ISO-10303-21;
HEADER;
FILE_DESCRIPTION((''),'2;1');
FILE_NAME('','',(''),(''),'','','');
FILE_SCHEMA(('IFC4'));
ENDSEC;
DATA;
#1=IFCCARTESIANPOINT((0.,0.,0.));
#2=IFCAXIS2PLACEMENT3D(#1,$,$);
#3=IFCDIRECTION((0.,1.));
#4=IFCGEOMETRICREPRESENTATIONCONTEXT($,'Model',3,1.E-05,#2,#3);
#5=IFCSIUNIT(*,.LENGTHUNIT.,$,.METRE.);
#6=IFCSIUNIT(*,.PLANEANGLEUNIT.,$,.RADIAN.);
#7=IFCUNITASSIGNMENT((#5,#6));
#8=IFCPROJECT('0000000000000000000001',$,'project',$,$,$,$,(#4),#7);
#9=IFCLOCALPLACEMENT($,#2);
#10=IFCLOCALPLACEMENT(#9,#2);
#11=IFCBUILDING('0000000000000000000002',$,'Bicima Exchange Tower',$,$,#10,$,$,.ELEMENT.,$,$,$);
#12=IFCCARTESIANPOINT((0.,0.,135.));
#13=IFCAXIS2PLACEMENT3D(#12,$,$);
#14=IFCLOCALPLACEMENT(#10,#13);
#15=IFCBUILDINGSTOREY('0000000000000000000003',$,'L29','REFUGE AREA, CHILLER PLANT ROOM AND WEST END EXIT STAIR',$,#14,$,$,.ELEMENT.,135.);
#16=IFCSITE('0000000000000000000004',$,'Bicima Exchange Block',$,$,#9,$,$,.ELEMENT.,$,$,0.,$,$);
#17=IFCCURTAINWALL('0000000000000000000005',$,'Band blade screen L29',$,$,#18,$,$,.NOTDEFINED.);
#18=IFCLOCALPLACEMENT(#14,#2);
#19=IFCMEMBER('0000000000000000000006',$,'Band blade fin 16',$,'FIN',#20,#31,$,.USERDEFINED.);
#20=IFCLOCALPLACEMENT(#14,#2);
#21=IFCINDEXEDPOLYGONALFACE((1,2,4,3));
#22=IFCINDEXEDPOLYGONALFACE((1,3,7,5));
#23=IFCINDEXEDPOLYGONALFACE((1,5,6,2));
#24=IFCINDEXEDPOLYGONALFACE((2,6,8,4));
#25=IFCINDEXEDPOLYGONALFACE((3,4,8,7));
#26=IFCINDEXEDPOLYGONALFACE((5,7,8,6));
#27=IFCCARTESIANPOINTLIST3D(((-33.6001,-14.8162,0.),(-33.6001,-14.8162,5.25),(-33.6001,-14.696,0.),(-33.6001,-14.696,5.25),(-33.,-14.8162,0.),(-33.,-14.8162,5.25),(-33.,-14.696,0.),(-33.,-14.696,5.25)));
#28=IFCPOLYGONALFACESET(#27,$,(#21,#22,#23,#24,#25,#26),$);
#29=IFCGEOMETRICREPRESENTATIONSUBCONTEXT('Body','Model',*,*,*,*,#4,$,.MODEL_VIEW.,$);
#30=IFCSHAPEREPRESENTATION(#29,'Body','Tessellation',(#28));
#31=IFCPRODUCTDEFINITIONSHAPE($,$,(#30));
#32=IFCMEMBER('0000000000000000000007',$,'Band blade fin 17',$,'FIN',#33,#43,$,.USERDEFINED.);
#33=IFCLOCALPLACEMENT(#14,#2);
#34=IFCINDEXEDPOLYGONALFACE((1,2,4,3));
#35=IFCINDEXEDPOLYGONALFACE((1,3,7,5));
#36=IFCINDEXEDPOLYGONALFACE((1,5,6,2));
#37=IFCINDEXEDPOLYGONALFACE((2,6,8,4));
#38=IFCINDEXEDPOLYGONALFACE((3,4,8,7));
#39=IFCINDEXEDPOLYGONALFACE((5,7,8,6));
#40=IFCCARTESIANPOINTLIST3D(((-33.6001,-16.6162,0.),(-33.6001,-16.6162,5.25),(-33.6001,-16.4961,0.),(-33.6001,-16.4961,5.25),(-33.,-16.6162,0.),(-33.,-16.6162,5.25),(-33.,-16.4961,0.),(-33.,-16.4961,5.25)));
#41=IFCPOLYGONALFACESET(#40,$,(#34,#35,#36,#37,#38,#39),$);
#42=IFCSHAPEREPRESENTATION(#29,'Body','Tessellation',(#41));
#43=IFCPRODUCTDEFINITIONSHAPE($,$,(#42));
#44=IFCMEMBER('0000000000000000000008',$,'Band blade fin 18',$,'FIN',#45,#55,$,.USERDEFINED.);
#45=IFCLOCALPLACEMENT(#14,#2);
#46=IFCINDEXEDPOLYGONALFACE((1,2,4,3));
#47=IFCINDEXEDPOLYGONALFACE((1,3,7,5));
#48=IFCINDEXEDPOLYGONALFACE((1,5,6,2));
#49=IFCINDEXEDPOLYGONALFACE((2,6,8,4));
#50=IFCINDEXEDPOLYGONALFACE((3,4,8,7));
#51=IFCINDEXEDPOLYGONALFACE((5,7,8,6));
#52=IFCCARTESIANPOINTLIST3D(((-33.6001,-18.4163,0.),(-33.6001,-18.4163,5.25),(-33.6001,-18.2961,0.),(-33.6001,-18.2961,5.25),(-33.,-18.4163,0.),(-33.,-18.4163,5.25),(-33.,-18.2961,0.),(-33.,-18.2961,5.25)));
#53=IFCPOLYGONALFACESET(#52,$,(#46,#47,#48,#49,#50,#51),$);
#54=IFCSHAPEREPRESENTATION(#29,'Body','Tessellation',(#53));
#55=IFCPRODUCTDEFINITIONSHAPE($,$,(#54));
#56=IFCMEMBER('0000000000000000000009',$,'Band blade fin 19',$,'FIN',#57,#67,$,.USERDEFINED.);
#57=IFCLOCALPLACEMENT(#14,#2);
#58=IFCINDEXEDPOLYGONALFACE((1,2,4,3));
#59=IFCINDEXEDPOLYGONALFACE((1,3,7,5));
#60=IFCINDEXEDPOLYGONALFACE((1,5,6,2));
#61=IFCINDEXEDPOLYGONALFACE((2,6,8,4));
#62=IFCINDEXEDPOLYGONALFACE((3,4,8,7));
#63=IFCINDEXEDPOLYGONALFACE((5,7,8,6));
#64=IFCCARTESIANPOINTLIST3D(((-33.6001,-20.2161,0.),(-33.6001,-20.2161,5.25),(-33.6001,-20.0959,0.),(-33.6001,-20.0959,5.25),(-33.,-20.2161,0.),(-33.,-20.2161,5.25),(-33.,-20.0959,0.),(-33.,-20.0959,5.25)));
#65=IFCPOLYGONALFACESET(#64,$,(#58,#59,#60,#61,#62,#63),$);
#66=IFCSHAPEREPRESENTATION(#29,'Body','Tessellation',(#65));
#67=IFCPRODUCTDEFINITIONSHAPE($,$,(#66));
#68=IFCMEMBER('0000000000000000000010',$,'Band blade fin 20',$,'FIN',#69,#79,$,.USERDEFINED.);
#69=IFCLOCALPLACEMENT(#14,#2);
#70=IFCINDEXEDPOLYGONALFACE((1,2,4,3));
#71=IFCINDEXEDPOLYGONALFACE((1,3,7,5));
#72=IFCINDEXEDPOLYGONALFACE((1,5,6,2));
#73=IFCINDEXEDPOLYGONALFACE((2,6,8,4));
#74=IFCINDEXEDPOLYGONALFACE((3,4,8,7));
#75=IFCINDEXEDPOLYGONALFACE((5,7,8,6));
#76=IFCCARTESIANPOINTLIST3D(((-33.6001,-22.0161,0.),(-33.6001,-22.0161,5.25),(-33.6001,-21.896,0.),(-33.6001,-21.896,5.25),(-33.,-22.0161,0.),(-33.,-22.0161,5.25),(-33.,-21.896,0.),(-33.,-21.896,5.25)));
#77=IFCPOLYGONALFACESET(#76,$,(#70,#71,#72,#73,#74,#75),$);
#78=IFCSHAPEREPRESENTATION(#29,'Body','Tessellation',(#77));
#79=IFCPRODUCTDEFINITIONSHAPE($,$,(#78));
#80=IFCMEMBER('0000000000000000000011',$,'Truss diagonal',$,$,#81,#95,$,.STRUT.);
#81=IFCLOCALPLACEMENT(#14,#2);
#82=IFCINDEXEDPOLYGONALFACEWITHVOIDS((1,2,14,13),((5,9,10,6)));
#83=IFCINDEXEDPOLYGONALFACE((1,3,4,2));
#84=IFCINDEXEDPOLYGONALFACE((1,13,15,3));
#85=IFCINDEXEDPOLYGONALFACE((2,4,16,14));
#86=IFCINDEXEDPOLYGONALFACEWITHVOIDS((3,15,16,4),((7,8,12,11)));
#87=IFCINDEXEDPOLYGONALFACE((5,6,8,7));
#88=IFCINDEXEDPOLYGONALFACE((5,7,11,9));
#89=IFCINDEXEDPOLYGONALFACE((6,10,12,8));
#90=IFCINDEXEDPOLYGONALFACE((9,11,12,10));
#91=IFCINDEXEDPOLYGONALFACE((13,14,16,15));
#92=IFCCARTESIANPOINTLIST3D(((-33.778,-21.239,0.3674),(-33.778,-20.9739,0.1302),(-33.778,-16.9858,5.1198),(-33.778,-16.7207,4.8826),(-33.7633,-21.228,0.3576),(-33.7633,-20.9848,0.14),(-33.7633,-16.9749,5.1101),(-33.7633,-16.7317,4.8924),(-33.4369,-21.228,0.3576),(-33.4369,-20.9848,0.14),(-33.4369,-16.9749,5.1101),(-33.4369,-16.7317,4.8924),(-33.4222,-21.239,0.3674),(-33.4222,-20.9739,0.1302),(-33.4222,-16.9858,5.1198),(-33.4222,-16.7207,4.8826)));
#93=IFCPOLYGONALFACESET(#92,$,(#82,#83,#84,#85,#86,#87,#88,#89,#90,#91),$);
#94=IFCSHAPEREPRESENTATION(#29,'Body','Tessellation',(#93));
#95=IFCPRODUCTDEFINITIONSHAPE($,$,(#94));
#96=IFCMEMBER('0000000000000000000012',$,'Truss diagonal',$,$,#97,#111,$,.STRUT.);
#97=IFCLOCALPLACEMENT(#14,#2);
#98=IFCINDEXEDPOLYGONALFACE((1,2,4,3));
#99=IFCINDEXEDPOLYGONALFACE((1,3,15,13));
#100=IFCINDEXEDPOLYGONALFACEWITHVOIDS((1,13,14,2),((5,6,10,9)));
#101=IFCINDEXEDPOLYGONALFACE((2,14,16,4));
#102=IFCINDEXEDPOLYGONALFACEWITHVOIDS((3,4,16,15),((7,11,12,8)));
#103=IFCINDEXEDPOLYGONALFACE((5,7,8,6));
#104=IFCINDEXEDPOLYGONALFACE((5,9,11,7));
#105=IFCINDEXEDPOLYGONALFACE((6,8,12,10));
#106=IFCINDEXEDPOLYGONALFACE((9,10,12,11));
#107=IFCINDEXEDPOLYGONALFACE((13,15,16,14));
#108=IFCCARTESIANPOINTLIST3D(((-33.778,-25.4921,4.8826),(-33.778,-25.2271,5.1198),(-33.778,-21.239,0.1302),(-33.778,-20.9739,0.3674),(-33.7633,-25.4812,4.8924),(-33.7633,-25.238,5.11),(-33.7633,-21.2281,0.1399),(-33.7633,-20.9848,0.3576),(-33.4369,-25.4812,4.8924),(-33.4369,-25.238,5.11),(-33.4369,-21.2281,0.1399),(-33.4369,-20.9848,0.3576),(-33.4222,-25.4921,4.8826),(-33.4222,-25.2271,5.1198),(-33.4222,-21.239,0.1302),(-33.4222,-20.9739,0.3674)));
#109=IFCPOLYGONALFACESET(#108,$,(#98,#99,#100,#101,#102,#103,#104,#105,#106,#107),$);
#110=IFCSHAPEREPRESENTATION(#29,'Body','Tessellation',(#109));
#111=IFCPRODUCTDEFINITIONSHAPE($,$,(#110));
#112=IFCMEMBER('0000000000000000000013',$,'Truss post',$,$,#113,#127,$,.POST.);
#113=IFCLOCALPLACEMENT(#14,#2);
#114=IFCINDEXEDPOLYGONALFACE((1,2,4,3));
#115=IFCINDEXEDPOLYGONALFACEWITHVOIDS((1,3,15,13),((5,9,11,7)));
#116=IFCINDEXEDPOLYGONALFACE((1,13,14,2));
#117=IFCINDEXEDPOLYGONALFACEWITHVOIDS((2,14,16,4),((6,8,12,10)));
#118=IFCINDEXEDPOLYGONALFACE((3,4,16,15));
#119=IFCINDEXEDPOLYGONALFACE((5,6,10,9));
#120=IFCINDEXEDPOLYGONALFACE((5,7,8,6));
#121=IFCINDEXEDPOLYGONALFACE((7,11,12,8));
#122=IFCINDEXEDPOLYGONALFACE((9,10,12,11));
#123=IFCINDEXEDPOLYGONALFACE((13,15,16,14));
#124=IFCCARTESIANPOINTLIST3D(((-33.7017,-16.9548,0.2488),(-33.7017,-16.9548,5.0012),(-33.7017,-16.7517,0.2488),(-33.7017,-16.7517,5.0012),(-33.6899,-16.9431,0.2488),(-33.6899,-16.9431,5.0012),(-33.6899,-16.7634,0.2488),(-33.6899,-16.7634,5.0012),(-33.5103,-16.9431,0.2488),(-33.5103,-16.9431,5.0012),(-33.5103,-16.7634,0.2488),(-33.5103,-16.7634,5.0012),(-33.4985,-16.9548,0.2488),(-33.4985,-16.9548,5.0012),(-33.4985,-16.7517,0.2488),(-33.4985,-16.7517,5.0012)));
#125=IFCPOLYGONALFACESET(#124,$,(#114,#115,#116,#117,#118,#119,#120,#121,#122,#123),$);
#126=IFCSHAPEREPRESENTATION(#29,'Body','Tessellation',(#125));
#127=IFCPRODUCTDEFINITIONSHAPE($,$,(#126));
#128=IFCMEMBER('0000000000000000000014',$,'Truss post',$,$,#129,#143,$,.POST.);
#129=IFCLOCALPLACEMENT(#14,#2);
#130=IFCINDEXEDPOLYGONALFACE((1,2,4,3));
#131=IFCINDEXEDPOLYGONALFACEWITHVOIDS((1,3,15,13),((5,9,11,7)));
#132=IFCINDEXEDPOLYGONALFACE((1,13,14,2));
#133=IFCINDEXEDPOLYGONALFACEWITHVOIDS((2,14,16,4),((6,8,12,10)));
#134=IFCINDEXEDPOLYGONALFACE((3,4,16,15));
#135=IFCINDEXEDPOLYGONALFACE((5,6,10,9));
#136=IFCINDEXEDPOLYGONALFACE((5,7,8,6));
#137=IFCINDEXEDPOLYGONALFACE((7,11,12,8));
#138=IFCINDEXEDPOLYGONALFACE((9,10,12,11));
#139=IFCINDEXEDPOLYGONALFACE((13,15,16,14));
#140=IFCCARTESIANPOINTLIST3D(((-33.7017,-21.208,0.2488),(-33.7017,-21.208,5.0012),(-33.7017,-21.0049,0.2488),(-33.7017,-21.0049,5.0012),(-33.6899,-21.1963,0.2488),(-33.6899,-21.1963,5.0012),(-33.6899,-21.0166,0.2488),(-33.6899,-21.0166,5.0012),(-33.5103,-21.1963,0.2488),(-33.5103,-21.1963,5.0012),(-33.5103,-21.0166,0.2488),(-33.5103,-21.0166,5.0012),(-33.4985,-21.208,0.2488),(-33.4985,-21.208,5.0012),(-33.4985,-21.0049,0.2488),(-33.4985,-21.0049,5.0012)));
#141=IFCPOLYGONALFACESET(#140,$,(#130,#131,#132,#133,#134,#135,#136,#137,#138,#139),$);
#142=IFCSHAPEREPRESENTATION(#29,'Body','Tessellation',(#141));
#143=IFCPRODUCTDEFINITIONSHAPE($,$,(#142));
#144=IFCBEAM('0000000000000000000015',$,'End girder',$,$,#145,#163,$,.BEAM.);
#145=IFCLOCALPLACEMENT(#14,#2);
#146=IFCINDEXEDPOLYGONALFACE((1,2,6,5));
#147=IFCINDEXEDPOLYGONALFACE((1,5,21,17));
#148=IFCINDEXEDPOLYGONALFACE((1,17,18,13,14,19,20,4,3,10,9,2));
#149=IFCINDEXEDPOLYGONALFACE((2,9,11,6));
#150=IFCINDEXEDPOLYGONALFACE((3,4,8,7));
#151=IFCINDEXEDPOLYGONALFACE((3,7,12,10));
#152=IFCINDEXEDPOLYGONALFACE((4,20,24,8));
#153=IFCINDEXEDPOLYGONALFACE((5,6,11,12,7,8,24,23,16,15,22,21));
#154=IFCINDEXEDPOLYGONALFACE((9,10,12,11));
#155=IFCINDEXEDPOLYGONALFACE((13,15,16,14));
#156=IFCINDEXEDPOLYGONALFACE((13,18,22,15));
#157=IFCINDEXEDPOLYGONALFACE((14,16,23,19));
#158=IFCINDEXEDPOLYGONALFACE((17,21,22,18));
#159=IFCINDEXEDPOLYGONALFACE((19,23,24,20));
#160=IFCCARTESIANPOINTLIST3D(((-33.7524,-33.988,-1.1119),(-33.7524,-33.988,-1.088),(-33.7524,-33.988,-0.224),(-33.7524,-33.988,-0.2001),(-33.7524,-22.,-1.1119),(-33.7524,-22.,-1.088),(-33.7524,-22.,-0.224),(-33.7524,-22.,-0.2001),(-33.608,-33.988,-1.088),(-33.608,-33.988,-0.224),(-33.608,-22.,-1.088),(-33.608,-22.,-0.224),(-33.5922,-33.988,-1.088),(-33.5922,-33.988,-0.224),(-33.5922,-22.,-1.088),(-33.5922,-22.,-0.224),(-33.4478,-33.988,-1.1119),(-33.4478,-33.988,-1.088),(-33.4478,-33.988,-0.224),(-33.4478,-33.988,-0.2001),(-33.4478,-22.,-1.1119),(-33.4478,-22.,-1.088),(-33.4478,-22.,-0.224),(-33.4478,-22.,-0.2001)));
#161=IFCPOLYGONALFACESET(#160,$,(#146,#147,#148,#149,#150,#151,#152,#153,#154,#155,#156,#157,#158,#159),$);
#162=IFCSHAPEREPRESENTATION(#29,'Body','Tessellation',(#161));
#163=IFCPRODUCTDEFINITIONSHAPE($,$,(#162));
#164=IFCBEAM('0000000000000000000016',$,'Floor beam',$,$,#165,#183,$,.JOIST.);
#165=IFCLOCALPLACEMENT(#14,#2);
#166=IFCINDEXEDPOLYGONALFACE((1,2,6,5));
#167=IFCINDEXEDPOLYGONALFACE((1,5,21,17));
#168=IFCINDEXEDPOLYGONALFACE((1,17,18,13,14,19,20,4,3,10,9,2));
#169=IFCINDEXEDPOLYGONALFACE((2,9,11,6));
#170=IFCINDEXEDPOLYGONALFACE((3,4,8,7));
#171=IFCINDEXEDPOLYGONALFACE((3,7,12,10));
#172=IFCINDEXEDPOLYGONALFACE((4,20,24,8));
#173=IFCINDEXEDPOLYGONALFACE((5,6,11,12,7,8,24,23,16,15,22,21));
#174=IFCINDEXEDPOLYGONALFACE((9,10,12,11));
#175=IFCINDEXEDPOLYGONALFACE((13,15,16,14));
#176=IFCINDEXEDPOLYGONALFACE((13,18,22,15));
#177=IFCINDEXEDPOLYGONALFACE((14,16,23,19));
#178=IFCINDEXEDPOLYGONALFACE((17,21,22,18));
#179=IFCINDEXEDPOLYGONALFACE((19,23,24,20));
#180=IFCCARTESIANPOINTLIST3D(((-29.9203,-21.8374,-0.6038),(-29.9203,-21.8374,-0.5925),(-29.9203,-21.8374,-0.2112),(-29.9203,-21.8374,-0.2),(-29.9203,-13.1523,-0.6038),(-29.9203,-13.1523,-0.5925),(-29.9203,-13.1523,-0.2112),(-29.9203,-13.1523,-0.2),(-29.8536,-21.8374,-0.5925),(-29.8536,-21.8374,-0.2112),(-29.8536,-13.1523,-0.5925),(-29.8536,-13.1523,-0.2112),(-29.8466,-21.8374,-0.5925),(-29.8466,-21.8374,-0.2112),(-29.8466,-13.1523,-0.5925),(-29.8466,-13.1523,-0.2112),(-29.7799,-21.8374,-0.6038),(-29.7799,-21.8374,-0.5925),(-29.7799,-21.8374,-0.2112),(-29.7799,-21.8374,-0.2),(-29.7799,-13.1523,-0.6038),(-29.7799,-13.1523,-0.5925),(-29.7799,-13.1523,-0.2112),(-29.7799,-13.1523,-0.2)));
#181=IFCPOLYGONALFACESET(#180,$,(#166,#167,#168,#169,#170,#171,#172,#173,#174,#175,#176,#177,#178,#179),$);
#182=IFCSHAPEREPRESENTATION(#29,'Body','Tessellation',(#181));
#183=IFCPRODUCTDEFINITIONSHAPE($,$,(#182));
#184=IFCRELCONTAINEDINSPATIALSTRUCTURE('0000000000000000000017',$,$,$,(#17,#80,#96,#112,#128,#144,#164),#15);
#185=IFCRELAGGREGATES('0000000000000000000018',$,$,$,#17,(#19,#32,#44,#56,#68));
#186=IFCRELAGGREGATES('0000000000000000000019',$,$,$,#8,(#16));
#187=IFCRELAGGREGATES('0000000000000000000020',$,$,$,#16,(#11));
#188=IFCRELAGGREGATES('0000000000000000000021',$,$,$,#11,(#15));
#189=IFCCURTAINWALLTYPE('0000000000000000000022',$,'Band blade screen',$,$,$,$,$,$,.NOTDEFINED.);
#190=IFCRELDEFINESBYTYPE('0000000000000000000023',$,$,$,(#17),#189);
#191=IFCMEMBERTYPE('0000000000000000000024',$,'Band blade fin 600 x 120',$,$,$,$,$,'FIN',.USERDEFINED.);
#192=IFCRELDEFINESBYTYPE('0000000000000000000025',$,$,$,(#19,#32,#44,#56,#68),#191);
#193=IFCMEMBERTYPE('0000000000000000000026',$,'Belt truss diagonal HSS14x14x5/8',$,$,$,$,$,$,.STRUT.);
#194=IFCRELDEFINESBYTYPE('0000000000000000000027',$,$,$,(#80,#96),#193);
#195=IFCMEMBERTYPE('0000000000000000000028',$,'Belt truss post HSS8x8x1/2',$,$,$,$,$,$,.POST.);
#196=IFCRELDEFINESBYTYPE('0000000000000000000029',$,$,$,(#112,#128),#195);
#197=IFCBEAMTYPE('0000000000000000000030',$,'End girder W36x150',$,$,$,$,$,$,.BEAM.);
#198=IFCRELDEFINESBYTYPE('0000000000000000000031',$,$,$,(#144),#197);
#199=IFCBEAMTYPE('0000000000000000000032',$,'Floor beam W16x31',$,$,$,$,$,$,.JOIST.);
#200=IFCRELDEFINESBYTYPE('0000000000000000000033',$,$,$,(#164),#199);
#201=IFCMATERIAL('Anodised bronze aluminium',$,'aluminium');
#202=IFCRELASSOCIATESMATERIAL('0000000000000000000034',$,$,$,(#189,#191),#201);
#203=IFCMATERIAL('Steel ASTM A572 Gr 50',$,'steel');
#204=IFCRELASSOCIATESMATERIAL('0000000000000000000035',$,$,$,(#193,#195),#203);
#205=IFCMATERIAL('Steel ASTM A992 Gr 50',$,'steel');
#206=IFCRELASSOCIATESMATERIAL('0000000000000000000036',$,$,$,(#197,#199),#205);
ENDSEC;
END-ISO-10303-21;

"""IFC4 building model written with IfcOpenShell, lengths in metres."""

from ifc_helpers import new_model, si_unit, direction, frame, origin, origin_2d, place, context, subcontext, project, spatial, rectangle, hollow_rectangle, i_section, extrude, material, material_profile, profile_set, type_object, element, aggregate, save


model = new_model("IFC4")

# Units and contexts
model_context = context("Model", 3, precision=1e-05, world=origin(), true_north=direction((0.0, 1.0)))
body_context = subcontext(model_context, "Body", "Model", "MODEL_VIEW")
ifc_project = project(units=[si_unit("LENGTHUNIT", "METRE"), si_unit("PLANEANGLEUNIT", "RADIAN")], contexts=[model_context])

# Site, building, storey
site_placement = place(None, origin())
site = spatial("IfcSite", under=ifc_project, at=site_placement, Name="Bicima Exchange Block", CompositionType="ELEMENT", RefElevation=0.0)
building_placement = place(site_placement, origin())
building = spatial("IfcBuilding", under=site, at=building_placement, Name="Bicima Exchange Tower", CompositionType="ELEMENT")
storey_placement = place(building_placement, frame((0.0, 0.0, 135.0)))
storey = spatial("IfcBuildingStorey", under=building, at=storey_placement, Name="L29", Description="REFUGE AREA, CHILLER PLANT ROOM AND WEST END EXIT STAIR", CompositionType="ELEMENT", Elevation=135.0)

# Curtain wall, members
ifc_material_1 = material(Name="Anodised bronze aluminium", Category="aluminium")
curtain_wall_type = type_object("IfcCurtainWallType", Name="Band blade screen", PredefinedType="NOTDEFINED", material=ifc_material_1)
curtain_wall_placement = place(storey_placement, origin())
curtain_wall = element("IfcCurtainWall", 1, at=curtain_wall_placement, inside=storey, type_object=curtain_wall_type, Name="Band blade screen L29", PredefinedType="NOTDEFINED")
ifc_material_profile_1 = material_profile(ifc_material_1, rectangle(XDim=0.6001, YDim=0.1201, at=origin_2d()))
ifc_profile_set_1 = profile_set([ifc_material_profile_1], Name="Anodised bronze aluminium")
member_type_1 = type_object("IfcMemberType", Name="Band blade fin 600 x 120", ElementType="FIN", PredefinedType="USERDEFINED", material=ifc_profile_set_1)
member_1_placement = place(storey_placement, frame((-33.3, -14.7561, 0.0), z_axis=(0.0, 0.0, 1.0), x_axis=(1.0, 0.0, 0.0)))
member_1 = element("IfcMember", 2, at=member_1_placement, type_object=member_type_1, Name="Band blade fin 16", ObjectType="FIN", PredefinedType="USERDEFINED", context=body_context, shape_type="SweptSolid", body=[
    extrude(rectangle(XDim=0.6001, YDim=0.1201, at=origin_2d()), origin(), (0.0, 0.0, 1.0), 5.25),
])
member_2_placement = place(storey_placement, frame((-33.3, -16.5562, 0.0), z_axis=(0.0, 0.0, 1.0), x_axis=(1.0, 0.0, 0.0)))
member_2 = element("IfcMember", 3, at=member_2_placement, type_object=member_type_1, Name="Band blade fin 17", ObjectType="FIN", PredefinedType="USERDEFINED", context=body_context, shape_type="SweptSolid", body=[
    extrude(rectangle(XDim=0.6001, YDim=0.1201, at=origin_2d()), origin(), (0.0, 0.0, 1.0), 5.25),
])
member_3_placement = place(storey_placement, frame((-33.3, -18.3562, 0.0), z_axis=(0.0, 0.0, 1.0), x_axis=(1.0, 0.0, 0.0)))
member_3 = element("IfcMember", 4, at=member_3_placement, type_object=member_type_1, Name="Band blade fin 18", ObjectType="FIN", PredefinedType="USERDEFINED", context=body_context, shape_type="SweptSolid", body=[
    extrude(rectangle(XDim=0.6001, YDim=0.1201, at=origin_2d()), origin(), (0.0, 0.0, 1.0), 5.25),
])
member_4_placement = place(storey_placement, frame((-33.3, -20.156, 0.0), z_axis=(0.0, 0.0, 1.0), x_axis=(1.0, 0.0, 0.0)))
member_4 = element("IfcMember", 5, at=member_4_placement, type_object=member_type_1, Name="Band blade fin 19", ObjectType="FIN", PredefinedType="USERDEFINED", context=body_context, shape_type="SweptSolid", body=[
    extrude(rectangle(XDim=0.6001, YDim=0.1201, at=origin_2d()), origin(), (0.0, 0.0, 1.0), 5.25),
])
member_5_placement = place(storey_placement, frame((-33.3, -21.9561, 0.0), z_axis=(0.0, 0.0, 1.0), x_axis=(1.0, 0.0, 0.0)))
member_5 = element("IfcMember", 6, at=member_5_placement, type_object=member_type_1, Name="Band blade fin 20", ObjectType="FIN", PredefinedType="USERDEFINED", context=body_context, shape_type="SweptSolid", body=[
    extrude(rectangle(XDim=0.6001, YDim=0.1201, at=origin_2d()), origin(), (0.0, 0.0, 1.0), 5.25),
])
aggregate(curtain_wall, [member_1, member_2, member_3, member_4, member_5])

# Members
ifc_material_2 = material(Name="Steel ASTM A572 Gr 50", Category="steel")
ifc_material_profile_2 = material_profile(ifc_material_2, hollow_rectangle(XDim=0.3557, YDim=0.3557, WallThickness=0.0146, at=origin_2d()))
ifc_profile_set_2 = profile_set([ifc_material_profile_2], Name="Steel ASTM A572 Gr 50")
member_type_2 = type_object("IfcMemberType", Name="Belt truss diagonal HSS14x14x5/8", PredefinedType="STRUT", material=ifc_profile_set_2)
for number, where, z_axis, x_axis, name in (
    (7, (-33.6001, -16.8533, 5.0012), (0.0, -0.666881, -0.745164), (1.0, 0.0, 0.0), "Truss diagonal"),
    (8, (-33.6001, -21.1064, 0.2488), (0.0, -0.666881, 0.745164), (1.0, 0.0, 0.0), "Truss diagonal"),
):
    element("IfcMember", number, at=place(storey_placement, frame(where, z_axis=z_axis, x_axis=x_axis)), inside=storey, type_object=member_type_2, Name=name, PredefinedType="STRUT", context=body_context, shape_type="SweptSolid", body=[
        extrude(hollow_rectangle(XDim=0.3557, YDim=0.3557, WallThickness=0.0146, at=origin_2d()), origin(), (0.0, 0.0, 1.0), 6.3777),
    ])
ifc_material_profile_3 = material_profile(ifc_material_2, hollow_rectangle(XDim=0.2031, YDim=0.2031, WallThickness=0.0117, at=origin_2d()))
ifc_profile_set_3 = profile_set([ifc_material_profile_3], Name="Steel ASTM A572 Gr 50")
member_type_3 = type_object("IfcMemberType", Name="Belt truss post HSS8x8x1/2", PredefinedType="POST", material=ifc_profile_set_3)
for number, where, z_axis, x_axis, name in (
    (9, (-33.6001, -16.8533, 0.2488), (0.0, 0.0, 1.0), (1.0, 0.0, 0.0), "Truss post"),
    (10, (-33.6001, -21.1064, 0.2488), (0.0, 0.0, 1.0), (1.0, 0.0, 0.0), "Truss post"),
):
    element("IfcMember", number, at=place(storey_placement, frame(where, z_axis=z_axis, x_axis=x_axis)), inside=storey, type_object=member_type_3, Name=name, PredefinedType="POST", context=body_context, shape_type="SweptSolid", body=[
        extrude(hollow_rectangle(XDim=0.2031, YDim=0.2031, WallThickness=0.0117, at=origin_2d()), origin(), (0.0, 0.0, 1.0), 4.7524),
    ])

# Beams
ifc_material_3 = material(Name="Steel ASTM A992 Gr 50", Category="steel")
ifc_material_profile_4 = material_profile(ifc_material_3, i_section(OverallWidth=0.3047, OverallDepth=0.9119, WebThickness=0.0159, FlangeThickness=0.0239, at=origin_2d()))
ifc_profile_set_4 = profile_set([ifc_material_profile_4], Name="Steel ASTM A992 Gr 50")
beam_type_1 = type_object("IfcBeamType", Name="End girder W36x150", PredefinedType="BEAM", material=ifc_profile_set_4)
beam_1_placement = place(storey_placement, frame((-33.6001, -22.0, -0.656), z_axis=(0.0, -1.0, 0.0), x_axis=(1.0, 0.0, 0.0)))
element("IfcBeam", 11, at=beam_1_placement, inside=storey, type_object=beam_type_1, Name="End girder", PredefinedType="BEAM", context=body_context, shape_type="SweptSolid", body=[
    extrude(i_section(OverallWidth=0.3047, OverallDepth=0.9119, WebThickness=0.0159, FlangeThickness=0.0239, at=origin_2d()), origin(), (0.0, 0.0, 1.0), 11.988),
])
ifc_material_profile_5 = material_profile(ifc_material_3, i_section(OverallWidth=0.1404, OverallDepth=0.4038, WebThickness=0.0071, FlangeThickness=0.0112, at=origin_2d()))
ifc_profile_set_5 = profile_set([ifc_material_profile_5], Name="Steel ASTM A992 Gr 50")
beam_type_2 = type_object("IfcBeamType", Name="Floor beam W16x31", PredefinedType="JOIST", material=ifc_profile_set_5)
beam_2_placement = place(storey_placement, frame((-29.8501, -13.1523, -0.4019), z_axis=(0.0, -1.0, 0.0), x_axis=(1.0, 0.0, 0.0)))
element("IfcBeam", 12, at=beam_2_placement, inside=storey, type_object=beam_type_2, Name="Floor beam", PredefinedType="JOIST", context=body_context, shape_type="SweptSolid", body=[
    extrude(i_section(OverallWidth=0.1404, OverallDepth=0.4038, WebThickness=0.0071, FlangeThickness=0.0112, at=origin_2d()), origin(), (0.0, 0.0, 1.0), 8.6851),
])

save(model, "model.ifc")
